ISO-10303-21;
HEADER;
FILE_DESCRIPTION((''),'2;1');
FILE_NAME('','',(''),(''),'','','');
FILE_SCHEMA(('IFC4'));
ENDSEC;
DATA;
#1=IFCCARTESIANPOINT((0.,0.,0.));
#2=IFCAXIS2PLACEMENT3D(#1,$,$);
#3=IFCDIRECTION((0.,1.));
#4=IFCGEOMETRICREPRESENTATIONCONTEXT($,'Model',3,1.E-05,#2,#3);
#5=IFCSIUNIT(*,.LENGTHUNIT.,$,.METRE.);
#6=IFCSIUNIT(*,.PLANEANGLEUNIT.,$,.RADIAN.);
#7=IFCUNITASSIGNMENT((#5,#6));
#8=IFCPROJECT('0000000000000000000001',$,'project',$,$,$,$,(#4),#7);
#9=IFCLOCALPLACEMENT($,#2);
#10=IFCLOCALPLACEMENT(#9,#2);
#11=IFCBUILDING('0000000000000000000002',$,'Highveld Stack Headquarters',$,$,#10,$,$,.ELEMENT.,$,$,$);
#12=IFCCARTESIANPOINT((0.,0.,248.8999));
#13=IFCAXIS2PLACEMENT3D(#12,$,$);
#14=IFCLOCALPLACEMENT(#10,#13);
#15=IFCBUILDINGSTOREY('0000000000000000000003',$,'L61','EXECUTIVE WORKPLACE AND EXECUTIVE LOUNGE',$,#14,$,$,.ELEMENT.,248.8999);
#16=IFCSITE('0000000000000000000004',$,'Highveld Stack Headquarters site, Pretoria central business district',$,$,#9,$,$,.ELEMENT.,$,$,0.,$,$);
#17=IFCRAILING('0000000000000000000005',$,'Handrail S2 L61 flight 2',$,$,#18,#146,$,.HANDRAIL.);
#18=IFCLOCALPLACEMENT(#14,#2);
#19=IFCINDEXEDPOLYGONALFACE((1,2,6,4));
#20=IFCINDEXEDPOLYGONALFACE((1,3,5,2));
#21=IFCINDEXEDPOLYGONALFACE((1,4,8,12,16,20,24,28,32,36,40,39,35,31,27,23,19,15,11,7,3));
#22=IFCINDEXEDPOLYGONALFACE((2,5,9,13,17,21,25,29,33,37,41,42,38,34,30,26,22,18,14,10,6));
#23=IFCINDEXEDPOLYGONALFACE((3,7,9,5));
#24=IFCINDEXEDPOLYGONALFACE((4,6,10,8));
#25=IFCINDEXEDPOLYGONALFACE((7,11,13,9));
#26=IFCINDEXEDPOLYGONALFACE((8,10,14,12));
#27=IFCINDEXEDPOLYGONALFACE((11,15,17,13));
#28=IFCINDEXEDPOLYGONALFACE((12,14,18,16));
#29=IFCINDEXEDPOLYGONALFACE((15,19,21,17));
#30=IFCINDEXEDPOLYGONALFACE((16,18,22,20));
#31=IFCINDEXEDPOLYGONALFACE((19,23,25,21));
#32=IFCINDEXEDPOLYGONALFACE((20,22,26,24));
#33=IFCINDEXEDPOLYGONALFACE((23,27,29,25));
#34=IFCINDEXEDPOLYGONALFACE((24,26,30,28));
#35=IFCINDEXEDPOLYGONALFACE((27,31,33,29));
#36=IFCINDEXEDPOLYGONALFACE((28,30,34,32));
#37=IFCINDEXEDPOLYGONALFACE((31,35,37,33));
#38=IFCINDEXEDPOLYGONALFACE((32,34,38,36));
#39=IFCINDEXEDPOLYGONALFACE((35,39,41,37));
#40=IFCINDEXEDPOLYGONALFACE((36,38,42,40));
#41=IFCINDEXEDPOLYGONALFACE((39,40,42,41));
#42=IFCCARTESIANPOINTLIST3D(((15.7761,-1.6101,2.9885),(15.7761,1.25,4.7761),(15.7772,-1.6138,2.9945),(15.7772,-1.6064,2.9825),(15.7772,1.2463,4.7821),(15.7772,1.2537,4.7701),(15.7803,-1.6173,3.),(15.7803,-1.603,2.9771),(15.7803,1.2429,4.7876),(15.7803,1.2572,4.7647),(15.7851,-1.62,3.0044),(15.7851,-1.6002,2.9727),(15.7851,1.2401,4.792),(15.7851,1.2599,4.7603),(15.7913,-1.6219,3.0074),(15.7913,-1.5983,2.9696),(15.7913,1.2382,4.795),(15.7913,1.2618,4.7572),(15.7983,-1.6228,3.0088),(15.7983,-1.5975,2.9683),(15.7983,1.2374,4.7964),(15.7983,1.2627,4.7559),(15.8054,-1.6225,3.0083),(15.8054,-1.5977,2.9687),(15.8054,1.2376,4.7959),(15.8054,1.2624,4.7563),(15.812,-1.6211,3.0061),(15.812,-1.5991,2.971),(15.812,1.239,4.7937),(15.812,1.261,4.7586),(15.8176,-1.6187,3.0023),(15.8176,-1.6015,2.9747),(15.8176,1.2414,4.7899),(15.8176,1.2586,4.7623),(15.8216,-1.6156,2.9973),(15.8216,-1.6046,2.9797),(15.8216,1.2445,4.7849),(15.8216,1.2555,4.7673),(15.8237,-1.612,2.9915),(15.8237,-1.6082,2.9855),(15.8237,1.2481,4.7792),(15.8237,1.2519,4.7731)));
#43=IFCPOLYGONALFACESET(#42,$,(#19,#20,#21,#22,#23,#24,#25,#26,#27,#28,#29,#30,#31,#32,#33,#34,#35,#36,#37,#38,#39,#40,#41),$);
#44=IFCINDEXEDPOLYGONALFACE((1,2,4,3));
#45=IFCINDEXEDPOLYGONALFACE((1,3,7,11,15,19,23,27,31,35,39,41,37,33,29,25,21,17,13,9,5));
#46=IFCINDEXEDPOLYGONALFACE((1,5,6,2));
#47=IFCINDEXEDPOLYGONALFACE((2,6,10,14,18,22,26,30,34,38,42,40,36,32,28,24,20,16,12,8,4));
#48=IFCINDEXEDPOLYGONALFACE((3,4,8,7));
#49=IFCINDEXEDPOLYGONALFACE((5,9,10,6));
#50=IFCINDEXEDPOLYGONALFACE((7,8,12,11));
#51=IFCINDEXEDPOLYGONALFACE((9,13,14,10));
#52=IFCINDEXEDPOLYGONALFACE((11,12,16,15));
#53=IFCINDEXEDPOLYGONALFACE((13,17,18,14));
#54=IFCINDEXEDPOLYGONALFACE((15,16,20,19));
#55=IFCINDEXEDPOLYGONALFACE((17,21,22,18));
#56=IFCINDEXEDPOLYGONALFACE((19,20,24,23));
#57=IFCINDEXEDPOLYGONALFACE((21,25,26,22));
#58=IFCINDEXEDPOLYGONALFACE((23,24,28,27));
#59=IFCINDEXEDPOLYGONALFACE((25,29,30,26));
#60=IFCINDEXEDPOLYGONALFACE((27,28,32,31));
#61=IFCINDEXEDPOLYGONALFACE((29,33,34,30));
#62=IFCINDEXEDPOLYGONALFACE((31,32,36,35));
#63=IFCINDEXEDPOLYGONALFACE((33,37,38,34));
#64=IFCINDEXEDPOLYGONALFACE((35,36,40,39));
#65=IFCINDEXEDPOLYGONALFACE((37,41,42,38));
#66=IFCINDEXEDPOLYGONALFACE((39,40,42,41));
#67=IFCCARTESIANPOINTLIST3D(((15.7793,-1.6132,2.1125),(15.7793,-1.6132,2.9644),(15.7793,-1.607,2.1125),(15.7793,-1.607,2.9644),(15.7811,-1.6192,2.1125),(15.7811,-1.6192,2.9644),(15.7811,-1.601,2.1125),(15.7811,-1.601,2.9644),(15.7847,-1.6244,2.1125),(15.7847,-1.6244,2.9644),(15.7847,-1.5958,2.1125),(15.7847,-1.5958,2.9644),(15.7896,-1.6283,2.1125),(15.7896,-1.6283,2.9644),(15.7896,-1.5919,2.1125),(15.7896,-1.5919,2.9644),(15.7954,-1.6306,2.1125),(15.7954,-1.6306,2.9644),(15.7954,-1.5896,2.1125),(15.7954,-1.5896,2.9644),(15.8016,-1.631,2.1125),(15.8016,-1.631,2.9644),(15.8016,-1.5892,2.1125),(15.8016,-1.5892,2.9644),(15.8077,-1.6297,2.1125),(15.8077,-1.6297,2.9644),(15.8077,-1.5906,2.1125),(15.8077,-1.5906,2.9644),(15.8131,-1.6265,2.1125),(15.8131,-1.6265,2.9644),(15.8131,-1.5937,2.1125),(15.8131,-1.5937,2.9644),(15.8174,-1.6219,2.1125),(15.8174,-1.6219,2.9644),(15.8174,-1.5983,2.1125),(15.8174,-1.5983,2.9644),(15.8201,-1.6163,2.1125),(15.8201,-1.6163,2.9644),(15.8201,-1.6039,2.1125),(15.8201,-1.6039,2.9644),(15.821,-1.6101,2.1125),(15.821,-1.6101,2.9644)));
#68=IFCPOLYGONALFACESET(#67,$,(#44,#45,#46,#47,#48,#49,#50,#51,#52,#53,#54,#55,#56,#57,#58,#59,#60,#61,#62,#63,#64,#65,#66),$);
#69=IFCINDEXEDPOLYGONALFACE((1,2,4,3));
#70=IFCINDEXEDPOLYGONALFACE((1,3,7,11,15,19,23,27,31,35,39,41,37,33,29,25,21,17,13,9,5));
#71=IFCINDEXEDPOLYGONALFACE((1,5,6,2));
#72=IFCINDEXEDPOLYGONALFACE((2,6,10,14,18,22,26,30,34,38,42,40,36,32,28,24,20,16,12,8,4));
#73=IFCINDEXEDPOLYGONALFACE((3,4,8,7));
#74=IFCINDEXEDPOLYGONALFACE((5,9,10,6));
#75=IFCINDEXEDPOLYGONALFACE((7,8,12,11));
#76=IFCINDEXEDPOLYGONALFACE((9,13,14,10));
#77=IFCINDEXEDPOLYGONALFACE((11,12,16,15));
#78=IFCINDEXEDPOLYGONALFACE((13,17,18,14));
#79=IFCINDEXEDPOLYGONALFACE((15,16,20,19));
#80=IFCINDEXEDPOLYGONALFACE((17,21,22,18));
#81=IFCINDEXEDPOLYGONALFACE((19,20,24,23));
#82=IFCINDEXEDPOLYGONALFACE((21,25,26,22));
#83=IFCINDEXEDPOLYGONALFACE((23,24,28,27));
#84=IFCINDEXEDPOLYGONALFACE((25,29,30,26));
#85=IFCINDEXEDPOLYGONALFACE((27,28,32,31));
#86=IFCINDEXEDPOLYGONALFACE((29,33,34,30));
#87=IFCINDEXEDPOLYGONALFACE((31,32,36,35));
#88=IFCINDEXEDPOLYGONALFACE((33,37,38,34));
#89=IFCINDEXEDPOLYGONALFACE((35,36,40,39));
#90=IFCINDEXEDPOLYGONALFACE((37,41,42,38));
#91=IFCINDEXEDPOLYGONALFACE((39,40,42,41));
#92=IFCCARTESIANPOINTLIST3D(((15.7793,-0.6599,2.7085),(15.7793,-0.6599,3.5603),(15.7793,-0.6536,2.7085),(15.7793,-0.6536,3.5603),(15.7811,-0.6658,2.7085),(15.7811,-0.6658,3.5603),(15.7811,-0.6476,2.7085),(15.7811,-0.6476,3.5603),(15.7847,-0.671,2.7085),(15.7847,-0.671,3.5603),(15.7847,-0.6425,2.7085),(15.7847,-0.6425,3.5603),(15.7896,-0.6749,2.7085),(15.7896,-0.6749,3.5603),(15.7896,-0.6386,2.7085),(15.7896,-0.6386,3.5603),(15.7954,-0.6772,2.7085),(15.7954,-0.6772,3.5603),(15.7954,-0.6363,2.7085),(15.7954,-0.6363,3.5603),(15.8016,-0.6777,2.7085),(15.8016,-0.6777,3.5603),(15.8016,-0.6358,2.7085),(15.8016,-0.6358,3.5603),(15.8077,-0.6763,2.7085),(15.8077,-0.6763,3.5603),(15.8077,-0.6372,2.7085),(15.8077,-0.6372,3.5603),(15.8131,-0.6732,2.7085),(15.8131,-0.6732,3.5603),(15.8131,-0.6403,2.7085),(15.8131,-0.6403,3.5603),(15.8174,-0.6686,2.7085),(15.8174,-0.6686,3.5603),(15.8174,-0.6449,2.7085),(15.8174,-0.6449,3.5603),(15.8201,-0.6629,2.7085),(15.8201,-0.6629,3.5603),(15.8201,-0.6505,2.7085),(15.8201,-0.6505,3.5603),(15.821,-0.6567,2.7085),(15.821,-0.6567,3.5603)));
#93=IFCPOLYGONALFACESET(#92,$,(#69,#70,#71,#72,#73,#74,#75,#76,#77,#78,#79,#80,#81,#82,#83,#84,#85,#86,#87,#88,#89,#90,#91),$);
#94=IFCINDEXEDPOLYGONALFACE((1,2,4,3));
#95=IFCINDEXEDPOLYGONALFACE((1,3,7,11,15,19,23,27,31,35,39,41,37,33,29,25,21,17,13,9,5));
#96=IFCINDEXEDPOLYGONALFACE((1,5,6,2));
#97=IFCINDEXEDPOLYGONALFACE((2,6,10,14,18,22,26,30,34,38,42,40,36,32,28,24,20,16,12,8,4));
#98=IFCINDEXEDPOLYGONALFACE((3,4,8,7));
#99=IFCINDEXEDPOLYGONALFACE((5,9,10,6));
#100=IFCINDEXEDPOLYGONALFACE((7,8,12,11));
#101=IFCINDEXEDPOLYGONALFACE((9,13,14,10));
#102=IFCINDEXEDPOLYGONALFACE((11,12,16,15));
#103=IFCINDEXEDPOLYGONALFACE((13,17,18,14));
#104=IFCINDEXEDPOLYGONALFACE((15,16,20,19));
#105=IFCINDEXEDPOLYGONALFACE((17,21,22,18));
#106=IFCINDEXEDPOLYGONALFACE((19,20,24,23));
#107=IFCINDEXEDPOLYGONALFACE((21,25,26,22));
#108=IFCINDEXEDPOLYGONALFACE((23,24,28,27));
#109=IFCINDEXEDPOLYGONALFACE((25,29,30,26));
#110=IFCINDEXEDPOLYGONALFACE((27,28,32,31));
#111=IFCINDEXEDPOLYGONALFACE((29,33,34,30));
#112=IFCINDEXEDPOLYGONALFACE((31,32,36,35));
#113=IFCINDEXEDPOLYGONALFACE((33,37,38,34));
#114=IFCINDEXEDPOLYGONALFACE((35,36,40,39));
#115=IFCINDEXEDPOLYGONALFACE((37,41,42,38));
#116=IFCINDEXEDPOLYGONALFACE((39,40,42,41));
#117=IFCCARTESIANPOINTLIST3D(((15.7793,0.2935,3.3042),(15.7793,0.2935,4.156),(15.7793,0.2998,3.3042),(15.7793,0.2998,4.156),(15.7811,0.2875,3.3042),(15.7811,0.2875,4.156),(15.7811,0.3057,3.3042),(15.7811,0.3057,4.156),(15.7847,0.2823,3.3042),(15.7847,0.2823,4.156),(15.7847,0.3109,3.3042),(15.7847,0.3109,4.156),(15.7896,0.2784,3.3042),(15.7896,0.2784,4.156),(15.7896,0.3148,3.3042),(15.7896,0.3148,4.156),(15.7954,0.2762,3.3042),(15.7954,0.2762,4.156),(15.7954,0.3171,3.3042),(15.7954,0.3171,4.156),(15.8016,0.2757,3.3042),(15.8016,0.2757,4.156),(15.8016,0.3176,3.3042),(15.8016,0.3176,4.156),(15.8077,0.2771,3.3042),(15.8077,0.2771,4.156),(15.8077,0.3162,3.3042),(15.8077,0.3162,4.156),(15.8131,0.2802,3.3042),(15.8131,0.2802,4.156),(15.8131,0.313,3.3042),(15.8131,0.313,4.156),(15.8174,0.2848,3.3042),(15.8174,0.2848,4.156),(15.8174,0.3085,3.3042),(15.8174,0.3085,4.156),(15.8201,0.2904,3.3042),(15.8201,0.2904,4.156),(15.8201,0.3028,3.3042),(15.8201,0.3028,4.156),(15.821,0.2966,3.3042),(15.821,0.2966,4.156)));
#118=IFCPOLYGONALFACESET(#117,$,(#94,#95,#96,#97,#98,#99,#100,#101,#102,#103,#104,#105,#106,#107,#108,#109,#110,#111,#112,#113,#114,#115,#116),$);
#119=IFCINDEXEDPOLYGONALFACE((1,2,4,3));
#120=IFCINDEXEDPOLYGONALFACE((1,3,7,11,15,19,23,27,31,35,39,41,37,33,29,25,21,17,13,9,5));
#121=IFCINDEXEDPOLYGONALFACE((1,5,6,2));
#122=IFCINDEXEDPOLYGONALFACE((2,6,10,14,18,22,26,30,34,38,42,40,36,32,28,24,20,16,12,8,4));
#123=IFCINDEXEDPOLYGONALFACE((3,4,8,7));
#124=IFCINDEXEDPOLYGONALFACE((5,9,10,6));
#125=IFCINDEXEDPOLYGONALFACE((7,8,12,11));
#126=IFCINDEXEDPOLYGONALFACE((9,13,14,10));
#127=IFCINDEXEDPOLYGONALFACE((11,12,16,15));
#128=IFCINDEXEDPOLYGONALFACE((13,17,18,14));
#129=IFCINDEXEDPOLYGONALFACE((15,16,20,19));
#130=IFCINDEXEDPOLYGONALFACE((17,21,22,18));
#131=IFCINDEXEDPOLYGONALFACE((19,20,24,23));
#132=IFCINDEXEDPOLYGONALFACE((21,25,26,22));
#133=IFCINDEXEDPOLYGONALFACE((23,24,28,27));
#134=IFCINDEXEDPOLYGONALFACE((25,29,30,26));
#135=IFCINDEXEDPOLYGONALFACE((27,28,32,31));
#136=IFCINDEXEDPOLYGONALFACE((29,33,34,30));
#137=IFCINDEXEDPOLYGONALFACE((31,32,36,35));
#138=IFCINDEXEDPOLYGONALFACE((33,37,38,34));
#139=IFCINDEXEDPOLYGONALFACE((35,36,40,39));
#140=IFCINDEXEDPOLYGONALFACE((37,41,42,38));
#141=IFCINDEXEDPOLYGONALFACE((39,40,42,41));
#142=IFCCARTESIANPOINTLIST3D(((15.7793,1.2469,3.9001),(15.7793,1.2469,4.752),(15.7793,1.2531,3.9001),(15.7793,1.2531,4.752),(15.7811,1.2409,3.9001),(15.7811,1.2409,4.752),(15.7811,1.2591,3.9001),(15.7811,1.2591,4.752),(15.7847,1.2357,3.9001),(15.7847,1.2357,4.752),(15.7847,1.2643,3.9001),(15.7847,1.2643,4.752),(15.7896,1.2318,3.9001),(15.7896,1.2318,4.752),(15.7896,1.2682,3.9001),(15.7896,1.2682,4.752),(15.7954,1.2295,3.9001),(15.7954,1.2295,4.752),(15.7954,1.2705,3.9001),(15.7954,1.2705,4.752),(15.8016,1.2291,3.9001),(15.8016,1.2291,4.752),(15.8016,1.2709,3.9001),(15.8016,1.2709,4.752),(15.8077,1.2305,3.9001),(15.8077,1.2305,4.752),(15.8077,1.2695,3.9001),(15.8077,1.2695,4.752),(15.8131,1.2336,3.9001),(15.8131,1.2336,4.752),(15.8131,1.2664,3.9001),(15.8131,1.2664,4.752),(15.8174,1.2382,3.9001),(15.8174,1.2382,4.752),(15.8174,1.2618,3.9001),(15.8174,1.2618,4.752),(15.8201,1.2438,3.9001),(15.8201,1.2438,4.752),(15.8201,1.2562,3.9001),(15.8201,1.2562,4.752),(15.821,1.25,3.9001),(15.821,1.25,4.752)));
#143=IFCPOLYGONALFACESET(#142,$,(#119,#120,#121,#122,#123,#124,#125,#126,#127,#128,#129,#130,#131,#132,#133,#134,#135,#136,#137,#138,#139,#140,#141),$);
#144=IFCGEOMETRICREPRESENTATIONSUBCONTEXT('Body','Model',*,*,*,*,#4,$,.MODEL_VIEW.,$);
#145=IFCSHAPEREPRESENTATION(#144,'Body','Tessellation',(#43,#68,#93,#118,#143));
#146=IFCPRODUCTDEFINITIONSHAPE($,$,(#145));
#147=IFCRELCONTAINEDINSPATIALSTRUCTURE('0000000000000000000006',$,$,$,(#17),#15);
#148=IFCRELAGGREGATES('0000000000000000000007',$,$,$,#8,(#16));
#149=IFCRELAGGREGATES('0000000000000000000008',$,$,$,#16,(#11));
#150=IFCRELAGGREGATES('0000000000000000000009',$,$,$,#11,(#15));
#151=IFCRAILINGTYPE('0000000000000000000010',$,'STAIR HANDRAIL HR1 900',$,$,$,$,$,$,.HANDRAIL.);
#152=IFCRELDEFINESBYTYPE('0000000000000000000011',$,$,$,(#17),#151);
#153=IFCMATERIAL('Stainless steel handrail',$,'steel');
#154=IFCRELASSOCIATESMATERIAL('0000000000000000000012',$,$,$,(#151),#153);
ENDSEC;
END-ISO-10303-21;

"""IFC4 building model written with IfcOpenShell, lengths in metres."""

from ifc_helpers import new_model, si_unit, direction, frame, origin, origin_2d, place, context, subcontext, project, spatial, circle, extrude, material, type_object, element, save


model = new_model("IFC4")

# Units and contexts
model_context = context("Model", 3, precision=1e-05, world=origin(), true_north=direction((0.0, 1.0)))
body_context = subcontext(model_context, "Body", "Model", "MODEL_VIEW")
ifc_project = project(units=[si_unit("LENGTHUNIT", "METRE"), si_unit("PLANEANGLEUNIT", "RADIAN")], contexts=[model_context])

# Site, building, storey
site_placement = place(None, origin())
site = spatial("IfcSite", under=ifc_project, at=site_placement, Name="Highveld Stack Headquarters site, Pretoria central business district", CompositionType="ELEMENT", RefElevation=0.0)
building_placement = place(site_placement, origin())
building = spatial("IfcBuilding", under=site, at=building_placement, Name="Highveld Stack Headquarters", CompositionType="ELEMENT")
storey_placement = place(building_placement, frame((0.0, 0.0, 248.8999)))
storey = spatial("IfcBuildingStorey", under=building, at=storey_placement, Name="L61", Description="EXECUTIVE WORKPLACE AND EXECUTIVE LOUNGE", CompositionType="ELEMENT", Elevation=248.8999)

# Railing
ifc_material_1 = material(Name="Stainless steel handrail", Category="steel")
railing_type = type_object("IfcRailingType", Name="STAIR HANDRAIL HR1 900", PredefinedType="HANDRAIL", material=ifc_material_1)
for number, where, name in (
    (1, (15.8, -1.6101, 2.1125), "Handrail S2 L61 flight 2"),
):
    element("IfcRailing", number, at=place(storey_placement, frame(where)), inside=storey, type_object=railing_type, Name=name, PredefinedType="HANDRAIL", context=body_context, shape_type="SweptSolid", body=[
        extrude(circle(Radius=0.0239, at=origin_2d()), frame((0.0, 0.0, 0.876), z_axis=(0.0, 0.847994, 0.530005), x_axis=(-1.0, 0.0, 0.0)), (0.0, 0.0, 1.0), 3.3728),
        extrude(circle(Radius=0.021, at=origin_2d()), origin(), (0.0, 0.0, 1.0), 0.8518),
        extrude(circle(Radius=0.021, at=origin_2d()), frame((0.0, 0.9534, 0.5959)), (0.0, 0.0, 1.0), 0.8518),
        extrude(circle(Radius=0.021, at=origin_2d()), frame((0.0, 1.9067, 1.1917)), (0.0, 0.0, 1.0), 0.8518),
        extrude(circle(Radius=0.021, at=origin_2d()), frame((0.0, 2.8601, 1.7876)), (0.0, 0.0, 1.0), 0.8518),
    ])

save(model, "model.ifc")
